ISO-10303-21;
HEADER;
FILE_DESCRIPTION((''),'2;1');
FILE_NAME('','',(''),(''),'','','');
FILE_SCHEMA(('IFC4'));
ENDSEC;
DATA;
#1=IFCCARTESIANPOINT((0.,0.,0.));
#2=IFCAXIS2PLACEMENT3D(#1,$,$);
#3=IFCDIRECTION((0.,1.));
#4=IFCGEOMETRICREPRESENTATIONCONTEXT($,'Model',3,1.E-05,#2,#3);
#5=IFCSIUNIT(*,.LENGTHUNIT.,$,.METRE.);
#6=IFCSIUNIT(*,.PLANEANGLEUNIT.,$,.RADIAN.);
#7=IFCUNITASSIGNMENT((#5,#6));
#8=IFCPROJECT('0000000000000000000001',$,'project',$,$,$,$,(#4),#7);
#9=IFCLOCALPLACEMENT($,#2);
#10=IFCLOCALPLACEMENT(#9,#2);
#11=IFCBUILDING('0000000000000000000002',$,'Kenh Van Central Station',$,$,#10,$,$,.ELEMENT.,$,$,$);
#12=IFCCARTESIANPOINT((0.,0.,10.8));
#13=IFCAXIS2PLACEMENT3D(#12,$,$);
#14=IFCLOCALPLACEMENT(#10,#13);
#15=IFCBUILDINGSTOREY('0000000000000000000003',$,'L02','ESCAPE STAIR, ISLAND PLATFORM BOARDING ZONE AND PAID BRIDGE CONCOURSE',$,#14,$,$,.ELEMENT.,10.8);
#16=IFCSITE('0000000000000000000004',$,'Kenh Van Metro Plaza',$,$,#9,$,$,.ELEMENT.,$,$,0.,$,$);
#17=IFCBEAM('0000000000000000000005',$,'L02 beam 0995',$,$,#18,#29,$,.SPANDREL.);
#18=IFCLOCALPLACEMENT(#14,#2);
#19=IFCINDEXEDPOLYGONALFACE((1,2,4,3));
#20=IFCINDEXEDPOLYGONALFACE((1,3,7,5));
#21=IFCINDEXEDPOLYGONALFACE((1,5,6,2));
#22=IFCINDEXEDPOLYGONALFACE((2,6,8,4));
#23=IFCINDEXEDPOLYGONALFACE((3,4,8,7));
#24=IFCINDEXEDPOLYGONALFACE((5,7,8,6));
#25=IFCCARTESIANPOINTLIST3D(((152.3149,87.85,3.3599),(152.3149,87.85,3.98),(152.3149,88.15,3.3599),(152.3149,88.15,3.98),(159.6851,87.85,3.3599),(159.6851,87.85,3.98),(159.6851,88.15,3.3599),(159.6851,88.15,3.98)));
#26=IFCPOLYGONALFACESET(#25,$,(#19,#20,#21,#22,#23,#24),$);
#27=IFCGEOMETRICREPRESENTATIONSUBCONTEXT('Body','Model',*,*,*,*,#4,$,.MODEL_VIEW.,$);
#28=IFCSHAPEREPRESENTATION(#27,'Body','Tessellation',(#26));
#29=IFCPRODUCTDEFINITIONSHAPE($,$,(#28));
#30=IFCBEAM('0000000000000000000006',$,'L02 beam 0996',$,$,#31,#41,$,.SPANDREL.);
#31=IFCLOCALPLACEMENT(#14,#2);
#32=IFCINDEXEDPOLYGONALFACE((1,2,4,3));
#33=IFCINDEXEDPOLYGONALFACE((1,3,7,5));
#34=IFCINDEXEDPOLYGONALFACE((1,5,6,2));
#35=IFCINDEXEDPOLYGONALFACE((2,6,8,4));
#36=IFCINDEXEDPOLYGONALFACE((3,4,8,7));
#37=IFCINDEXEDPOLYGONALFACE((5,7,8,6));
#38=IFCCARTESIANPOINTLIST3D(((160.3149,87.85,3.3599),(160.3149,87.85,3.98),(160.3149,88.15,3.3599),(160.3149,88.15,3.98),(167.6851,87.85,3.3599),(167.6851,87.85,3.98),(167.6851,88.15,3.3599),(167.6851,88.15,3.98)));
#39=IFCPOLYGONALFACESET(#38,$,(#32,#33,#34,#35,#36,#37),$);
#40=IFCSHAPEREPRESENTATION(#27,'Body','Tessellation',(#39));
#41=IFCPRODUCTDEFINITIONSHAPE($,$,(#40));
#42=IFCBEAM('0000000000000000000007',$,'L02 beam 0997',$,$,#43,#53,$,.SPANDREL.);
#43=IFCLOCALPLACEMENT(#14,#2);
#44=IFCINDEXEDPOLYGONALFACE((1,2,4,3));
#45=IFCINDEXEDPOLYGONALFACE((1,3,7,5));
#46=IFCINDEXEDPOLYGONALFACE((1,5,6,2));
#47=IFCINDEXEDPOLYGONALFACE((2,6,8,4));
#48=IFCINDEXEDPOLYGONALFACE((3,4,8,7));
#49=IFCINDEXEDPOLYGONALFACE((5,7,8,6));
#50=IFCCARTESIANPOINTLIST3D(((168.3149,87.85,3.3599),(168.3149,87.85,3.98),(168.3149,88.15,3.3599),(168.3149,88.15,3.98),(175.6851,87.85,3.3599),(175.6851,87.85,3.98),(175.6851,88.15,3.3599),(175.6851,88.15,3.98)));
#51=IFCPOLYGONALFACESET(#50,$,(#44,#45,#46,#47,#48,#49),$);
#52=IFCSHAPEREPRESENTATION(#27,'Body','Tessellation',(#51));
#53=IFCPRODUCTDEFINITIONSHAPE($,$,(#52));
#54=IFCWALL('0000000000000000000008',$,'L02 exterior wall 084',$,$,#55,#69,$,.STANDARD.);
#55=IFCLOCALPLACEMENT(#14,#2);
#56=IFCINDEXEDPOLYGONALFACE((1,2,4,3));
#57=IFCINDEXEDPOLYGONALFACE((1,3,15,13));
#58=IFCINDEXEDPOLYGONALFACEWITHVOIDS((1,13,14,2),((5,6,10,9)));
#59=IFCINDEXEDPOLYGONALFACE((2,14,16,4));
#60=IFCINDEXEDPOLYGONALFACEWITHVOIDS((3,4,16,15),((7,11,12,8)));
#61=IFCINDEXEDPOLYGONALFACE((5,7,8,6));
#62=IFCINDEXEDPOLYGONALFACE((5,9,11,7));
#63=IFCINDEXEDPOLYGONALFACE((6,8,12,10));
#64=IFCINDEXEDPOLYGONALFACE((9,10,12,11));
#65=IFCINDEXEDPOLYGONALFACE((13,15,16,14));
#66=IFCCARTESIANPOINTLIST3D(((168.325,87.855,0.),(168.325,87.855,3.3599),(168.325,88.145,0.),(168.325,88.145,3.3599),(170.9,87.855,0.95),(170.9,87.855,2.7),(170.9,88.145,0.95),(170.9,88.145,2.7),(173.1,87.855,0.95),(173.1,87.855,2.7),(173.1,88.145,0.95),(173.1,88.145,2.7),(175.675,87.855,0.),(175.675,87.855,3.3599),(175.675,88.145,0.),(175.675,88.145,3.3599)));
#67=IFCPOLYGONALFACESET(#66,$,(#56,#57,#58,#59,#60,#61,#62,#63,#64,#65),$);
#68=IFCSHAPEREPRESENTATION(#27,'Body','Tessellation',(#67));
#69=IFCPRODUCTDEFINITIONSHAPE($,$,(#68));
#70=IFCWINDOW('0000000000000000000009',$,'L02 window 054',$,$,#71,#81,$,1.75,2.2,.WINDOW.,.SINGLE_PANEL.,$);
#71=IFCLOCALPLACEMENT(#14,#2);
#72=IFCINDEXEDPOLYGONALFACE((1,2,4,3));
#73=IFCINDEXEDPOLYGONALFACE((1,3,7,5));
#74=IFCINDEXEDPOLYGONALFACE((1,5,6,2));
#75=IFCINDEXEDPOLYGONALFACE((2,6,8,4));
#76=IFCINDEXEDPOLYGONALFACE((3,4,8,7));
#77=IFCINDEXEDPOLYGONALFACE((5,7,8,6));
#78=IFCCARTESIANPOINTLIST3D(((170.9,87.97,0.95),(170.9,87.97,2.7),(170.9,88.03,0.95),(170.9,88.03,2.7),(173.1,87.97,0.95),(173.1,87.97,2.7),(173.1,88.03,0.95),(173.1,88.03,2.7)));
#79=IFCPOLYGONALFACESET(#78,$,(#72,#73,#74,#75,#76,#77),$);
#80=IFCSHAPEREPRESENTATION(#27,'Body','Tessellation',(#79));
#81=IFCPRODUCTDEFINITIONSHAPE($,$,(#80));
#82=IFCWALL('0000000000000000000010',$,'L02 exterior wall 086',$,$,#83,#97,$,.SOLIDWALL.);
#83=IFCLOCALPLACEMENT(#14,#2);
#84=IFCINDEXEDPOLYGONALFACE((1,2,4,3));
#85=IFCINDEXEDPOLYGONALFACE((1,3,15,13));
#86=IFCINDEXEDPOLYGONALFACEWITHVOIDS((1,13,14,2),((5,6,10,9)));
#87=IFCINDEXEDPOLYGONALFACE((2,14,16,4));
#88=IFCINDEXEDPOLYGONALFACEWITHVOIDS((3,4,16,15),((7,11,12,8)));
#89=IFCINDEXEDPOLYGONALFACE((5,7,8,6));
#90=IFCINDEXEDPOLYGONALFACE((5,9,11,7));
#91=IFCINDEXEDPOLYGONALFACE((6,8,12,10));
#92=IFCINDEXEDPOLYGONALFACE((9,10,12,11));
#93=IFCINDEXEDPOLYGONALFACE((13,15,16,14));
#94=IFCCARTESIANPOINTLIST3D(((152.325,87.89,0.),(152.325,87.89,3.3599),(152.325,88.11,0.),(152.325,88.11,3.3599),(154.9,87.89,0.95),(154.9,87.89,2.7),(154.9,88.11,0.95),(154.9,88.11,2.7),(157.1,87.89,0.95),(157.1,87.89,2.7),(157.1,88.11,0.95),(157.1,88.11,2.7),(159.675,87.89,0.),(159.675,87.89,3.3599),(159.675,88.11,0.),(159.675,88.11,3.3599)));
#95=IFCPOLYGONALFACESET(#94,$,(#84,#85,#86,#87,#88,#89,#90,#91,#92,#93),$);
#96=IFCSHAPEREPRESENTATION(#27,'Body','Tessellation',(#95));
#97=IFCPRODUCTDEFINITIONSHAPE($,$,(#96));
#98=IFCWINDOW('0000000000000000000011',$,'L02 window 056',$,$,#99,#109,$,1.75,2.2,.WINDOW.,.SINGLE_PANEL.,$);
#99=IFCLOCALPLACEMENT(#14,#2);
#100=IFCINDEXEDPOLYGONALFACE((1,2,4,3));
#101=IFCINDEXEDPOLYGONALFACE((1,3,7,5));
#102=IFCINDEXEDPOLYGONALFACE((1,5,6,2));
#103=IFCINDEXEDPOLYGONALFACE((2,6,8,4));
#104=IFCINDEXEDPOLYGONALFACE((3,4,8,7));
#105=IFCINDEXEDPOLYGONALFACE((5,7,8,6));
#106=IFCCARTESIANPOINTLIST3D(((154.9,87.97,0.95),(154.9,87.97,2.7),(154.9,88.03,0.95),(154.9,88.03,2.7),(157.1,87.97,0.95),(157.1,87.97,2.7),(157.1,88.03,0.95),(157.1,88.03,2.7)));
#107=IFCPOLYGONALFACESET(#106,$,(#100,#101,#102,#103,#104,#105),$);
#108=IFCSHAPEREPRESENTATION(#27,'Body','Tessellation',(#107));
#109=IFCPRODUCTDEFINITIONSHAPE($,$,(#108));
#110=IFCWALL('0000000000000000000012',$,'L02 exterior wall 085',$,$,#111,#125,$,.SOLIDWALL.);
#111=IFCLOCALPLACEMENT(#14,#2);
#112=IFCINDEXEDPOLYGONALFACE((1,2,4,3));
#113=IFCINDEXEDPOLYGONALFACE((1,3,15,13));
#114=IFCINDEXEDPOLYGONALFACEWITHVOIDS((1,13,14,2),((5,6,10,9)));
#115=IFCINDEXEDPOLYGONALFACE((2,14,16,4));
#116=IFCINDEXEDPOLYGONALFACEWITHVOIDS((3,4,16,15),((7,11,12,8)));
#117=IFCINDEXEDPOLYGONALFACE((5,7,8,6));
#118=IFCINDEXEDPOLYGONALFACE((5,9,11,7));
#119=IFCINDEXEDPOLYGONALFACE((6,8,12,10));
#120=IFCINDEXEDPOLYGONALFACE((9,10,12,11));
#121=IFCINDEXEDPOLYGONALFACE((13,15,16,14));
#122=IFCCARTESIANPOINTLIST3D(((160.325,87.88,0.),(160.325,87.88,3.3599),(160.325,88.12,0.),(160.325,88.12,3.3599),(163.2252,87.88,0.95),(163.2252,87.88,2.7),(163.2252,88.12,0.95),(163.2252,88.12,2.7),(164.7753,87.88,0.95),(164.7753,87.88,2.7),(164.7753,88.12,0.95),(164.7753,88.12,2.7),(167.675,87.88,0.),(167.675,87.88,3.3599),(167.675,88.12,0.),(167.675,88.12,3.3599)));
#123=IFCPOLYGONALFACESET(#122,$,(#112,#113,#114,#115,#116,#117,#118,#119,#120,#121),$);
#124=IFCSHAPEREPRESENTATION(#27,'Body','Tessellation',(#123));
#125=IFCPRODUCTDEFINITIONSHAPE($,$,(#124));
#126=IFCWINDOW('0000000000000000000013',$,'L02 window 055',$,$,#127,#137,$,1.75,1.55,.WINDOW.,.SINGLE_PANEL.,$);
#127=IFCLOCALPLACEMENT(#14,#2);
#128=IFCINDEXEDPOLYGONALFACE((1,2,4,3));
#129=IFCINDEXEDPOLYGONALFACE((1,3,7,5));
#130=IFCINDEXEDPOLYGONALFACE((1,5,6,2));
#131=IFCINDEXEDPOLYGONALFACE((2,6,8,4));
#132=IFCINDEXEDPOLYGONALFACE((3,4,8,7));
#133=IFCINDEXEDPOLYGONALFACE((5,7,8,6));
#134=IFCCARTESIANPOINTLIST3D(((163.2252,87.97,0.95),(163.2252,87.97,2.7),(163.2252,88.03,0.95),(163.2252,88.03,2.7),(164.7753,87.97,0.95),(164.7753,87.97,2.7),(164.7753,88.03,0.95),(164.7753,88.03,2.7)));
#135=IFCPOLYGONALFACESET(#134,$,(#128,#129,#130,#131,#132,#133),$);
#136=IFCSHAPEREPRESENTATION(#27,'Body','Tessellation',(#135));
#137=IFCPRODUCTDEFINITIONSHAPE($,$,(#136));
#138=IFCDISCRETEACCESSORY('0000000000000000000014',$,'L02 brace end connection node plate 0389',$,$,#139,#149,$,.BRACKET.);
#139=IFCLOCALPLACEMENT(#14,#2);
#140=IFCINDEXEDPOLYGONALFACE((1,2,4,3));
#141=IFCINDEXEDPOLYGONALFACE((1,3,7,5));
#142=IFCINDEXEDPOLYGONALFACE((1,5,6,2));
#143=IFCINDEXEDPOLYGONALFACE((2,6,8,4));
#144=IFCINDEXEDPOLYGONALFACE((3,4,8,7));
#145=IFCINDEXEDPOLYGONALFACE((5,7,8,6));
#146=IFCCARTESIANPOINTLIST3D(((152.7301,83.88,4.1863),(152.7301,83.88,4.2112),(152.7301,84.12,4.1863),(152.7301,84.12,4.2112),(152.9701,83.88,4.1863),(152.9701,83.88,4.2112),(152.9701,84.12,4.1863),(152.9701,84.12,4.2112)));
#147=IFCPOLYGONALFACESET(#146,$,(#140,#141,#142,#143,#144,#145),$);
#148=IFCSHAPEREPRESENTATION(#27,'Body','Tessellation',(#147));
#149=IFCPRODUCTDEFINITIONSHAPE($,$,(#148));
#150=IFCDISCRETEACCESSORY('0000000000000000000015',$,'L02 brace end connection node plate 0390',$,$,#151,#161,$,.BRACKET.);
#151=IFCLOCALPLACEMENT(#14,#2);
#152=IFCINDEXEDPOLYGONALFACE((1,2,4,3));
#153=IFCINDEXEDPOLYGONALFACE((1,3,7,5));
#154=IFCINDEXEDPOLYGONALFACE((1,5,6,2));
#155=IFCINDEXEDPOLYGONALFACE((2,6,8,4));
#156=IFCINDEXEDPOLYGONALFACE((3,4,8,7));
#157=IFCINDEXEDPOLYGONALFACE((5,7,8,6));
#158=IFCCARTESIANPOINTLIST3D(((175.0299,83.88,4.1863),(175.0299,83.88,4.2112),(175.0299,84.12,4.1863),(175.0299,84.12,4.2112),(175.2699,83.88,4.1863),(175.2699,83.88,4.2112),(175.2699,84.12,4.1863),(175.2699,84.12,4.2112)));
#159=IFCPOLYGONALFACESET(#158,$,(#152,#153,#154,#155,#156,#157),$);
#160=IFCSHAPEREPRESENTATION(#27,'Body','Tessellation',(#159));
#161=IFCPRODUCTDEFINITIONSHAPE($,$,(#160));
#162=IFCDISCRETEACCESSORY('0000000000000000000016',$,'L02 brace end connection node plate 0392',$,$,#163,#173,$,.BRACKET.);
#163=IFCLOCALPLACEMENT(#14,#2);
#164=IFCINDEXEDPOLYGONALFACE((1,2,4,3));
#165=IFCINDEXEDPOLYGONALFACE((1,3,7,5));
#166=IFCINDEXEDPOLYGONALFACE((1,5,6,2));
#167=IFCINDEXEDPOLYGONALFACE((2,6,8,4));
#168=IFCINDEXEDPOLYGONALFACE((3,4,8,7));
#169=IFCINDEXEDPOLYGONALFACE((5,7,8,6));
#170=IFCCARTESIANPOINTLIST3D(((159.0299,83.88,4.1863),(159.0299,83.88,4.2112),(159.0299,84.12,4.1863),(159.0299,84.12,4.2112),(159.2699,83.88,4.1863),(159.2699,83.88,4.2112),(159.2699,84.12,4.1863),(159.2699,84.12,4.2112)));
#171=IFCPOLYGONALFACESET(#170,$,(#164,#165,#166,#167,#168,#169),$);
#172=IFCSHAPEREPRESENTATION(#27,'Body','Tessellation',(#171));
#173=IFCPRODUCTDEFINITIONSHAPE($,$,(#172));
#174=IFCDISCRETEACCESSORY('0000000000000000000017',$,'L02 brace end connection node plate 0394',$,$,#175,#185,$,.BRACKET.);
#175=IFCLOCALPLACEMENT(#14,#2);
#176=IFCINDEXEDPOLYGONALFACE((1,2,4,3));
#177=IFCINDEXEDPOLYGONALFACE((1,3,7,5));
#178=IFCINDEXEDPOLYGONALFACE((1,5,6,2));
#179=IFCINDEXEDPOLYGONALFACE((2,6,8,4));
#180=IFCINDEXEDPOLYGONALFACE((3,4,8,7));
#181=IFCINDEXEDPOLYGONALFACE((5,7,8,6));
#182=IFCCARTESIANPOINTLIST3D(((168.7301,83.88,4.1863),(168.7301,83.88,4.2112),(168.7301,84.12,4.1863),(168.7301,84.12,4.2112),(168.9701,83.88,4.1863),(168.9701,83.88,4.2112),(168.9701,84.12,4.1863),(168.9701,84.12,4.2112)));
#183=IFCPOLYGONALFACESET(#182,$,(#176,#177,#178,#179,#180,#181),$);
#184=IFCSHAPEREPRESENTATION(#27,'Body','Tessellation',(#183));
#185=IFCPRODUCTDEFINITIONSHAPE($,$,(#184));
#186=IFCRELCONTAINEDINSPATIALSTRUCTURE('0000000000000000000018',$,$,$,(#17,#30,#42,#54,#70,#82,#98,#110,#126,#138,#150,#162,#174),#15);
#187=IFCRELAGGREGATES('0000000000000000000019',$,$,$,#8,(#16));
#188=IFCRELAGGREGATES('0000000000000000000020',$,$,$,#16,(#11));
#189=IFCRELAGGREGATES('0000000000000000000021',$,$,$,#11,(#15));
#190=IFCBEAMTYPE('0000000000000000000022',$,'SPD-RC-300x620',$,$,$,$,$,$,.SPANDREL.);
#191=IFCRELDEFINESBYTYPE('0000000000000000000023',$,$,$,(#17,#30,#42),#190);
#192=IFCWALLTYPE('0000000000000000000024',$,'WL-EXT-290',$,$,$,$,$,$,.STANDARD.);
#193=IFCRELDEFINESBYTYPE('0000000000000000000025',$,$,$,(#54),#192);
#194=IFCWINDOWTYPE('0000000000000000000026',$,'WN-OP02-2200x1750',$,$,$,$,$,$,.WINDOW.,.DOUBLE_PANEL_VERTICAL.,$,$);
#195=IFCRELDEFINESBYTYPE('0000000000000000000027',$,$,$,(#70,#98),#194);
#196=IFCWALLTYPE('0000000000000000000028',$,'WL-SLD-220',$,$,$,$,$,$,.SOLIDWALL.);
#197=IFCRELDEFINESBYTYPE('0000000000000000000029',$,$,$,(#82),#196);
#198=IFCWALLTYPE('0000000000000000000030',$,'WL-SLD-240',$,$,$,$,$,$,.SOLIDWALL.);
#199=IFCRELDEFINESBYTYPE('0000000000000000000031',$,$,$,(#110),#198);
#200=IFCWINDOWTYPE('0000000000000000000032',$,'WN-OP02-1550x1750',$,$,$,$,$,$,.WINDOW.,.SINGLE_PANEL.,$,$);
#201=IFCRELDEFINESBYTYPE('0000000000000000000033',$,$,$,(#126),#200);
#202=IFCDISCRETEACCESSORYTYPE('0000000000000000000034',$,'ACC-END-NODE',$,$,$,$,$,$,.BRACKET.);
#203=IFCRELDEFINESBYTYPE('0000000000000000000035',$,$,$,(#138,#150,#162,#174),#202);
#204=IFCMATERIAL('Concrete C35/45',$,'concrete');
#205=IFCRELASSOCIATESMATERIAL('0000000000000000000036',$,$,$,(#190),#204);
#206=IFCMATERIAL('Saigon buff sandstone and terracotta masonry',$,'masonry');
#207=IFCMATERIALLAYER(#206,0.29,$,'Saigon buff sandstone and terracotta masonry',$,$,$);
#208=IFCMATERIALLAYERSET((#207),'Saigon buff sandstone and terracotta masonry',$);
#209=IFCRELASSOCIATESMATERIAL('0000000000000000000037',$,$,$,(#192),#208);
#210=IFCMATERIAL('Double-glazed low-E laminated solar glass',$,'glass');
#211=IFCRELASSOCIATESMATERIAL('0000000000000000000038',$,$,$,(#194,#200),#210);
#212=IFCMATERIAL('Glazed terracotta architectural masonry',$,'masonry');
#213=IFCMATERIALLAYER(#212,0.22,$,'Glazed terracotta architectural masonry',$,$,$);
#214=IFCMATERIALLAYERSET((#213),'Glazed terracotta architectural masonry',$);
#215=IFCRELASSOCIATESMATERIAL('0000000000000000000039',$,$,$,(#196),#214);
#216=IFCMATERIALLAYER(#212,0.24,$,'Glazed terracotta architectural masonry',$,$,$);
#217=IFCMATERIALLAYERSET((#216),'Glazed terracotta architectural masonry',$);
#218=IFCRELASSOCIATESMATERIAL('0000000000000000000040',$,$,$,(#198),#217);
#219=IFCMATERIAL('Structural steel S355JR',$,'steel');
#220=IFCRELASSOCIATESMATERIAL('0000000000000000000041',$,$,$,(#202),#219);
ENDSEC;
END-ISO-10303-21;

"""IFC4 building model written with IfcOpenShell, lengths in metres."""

from ifc_helpers import new_model, si_unit, direction, frame, frame_2d, origin, origin_2d, place, context, subcontext, project, spatial, rectangle, extrude, material, layer, layer_set, material_profile, profile_set, type_object, element, fill, save


model = new_model("IFC4")

# Units and contexts
model_context = context("Model", 3, precision=1e-05, world=origin(), true_north=direction((0.0, 1.0)))
body_context = subcontext(model_context, "Body", "Model", "MODEL_VIEW")
ifc_project = project(units=[si_unit("LENGTHUNIT", "METRE"), si_unit("PLANEANGLEUNIT", "RADIAN")], contexts=[model_context])

# Site, building, storey
site_placement = place(None, origin())
site = spatial("IfcSite", under=ifc_project, at=site_placement, Name="Kenh Van Metro Plaza", CompositionType="ELEMENT", RefElevation=0.0)
building_placement = place(site_placement, origin())
building = spatial("IfcBuilding", under=site, at=building_placement, Name="Kenh Van Central Station", CompositionType="ELEMENT")
storey_placement = place(building_placement, frame((0.0, 0.0, 10.8)))
storey = spatial("IfcBuildingStorey", under=building, at=storey_placement, Name="L02", Description="ESCAPE STAIR, ISLAND PLATFORM BOARDING ZONE AND PAID BRIDGE CONCOURSE", CompositionType="ELEMENT", Elevation=10.8)

# Shared definitions
ifc_material_1 = material(Name="Concrete C35/45", Category="concrete")

# Beams
ifc_material_profile_1 = material_profile(ifc_material_1, rectangle(XDim=0.3, YDim=0.6201, at=origin_2d()), Name="RC 300x620")
ifc_profile_set_1 = profile_set([ifc_material_profile_1], Name="Concrete C35/45")
beam_type_1 = type_object("IfcBeamType", Name="SPD-RC-300x620", PredefinedType="SPANDREL", material=ifc_profile_set_1)
for number, where, z_axis, x_axis, name in (
    (1, (152.3149, 88.0, 3.6699), (1.0, 0.0, 0.0), (0.0, 1.0, 0.0), "L02 beam 0995"),
    (2, (160.3149, 88.0, 3.6699), (1.0, 0.0, 0.0), (0.0, 1.0, 0.0), "L02 beam 0996"),
    (3, (168.3149, 88.0, 3.6699), (1.0, 0.0, 0.0), (0.0, 1.0, 0.0), "L02 beam 0997"),
):
    element("IfcBeam", number, at=place(storey_placement, frame(where, z_axis=z_axis, x_axis=x_axis)), inside=storey, type_object=beam_type_1, Name=name, PredefinedType="SPANDREL", context=body_context, shape_type="SweptSolid", body=[
        extrude(rectangle(XDim=0.3, YDim=0.6201, at=origin_2d()), origin(), (0.0, 0.0, 1.0), 7.3701),
    ])

# Walls, openings, windows
ifc_material_2 = material(Name="Saigon buff sandstone and terracotta masonry", Category="masonry")
ifc_layer_1 = layer(ifc_material_2, 0.29, Name="Saigon buff sandstone and terracotta masonry")
ifc_layer_set_1 = layer_set([ifc_layer_1], Name="Saigon buff sandstone and terracotta masonry")
wall_type_1 = type_object("IfcWallType", Name="WL-EXT-290", PredefinedType="STANDARD", material=ifc_layer_set_1)
wall_1_placement = place(storey_placement, frame((175.675, 88.0, 0.0), z_axis=(0.0, 0.0, 1.0), x_axis=(-1.0, 0.0, 0.0)))
wall_1 = element("IfcWall", 4, at=wall_1_placement, inside=storey, type_object=wall_type_1, Name="L02 exterior wall 084", PredefinedType="STANDARD", context=body_context, shape_type="SweptSolid", body=[
    extrude(rectangle(XDim=7.3501, YDim=0.29, at=frame_2d((3.675, 0.0))), origin(), (0.0, 0.0, 1.0), 3.3599),
])
opening_1_placement = place(wall_1_placement, frame((2.575, 0.0, 0.95)))
opening_1 = element("IfcOpeningElement", 5, at=opening_1_placement, cuts=wall_1, PredefinedType="OPENING", context=body_context, shape_type="SweptSolid", body=[
    extrude(rectangle(XDim=2.2, YDim=1.75, at=frame_2d((1.1001, 0.875))), frame((0.0, 0.155, 0.0), z_axis=(0.0, -1.0, 0.0), x_axis=(1.0, 0.0, 0.0)), (0.0, 0.0, 1.0), 0.3101),
])
ifc_material_3 = material(Name="Double-glazed low-E laminated solar glass", Category="glass")
window_type_1 = type_object("IfcWindowType", Name="WN-OP02-2200x1750", PartitioningType="DOUBLE_PANEL_VERTICAL", PredefinedType="WINDOW", material=ifc_material_3)
window_1_placement = place(opening_1_placement, origin())
window_1 = element("IfcWindow", 6, at=window_1_placement, inside=storey, type_object=window_type_1, Name="L02 window 054", OverallHeight=1.75, OverallWidth=2.2, PartitioningType="SINGLE_PANEL", PredefinedType="WINDOW", context=body_context, shape_type="SweptSolid", body=[
    extrude(rectangle(XDim=2.2, YDim=1.75, at=frame_2d((1.1001, 0.875))), frame((0.0, 0.03, 0.0), z_axis=(0.0, -1.0, 0.0), x_axis=(1.0, 0.0, 0.0)), (0.0, 0.0, 1.0), 0.0601),
])
fill(opening_1, window_1)
ifc_material_4 = material(Name="Glazed terracotta architectural masonry", Category="masonry")
ifc_layer_2 = layer(ifc_material_4, 0.22, Name="Glazed terracotta architectural masonry")
ifc_layer_set_2 = layer_set([ifc_layer_2], Name="Glazed terracotta architectural masonry")
wall_type_2 = type_object("IfcWallType", Name="WL-SLD-220", PredefinedType="SOLIDWALL", material=ifc_layer_set_2)
wall_2_placement = place(storey_placement, frame((159.675, 88.0, 0.0), z_axis=(0.0, 0.0, 1.0), x_axis=(-1.0, 0.0, 0.0)))
wall_2 = element("IfcWall", 7, at=wall_2_placement, inside=storey, type_object=wall_type_2, Name="L02 exterior wall 086", PredefinedType="SOLIDWALL", context=body_context, shape_type="SweptSolid", body=[
    extrude(rectangle(XDim=7.3501, YDim=0.22, at=frame_2d((3.675, 0.0))), origin(), (0.0, 0.0, 1.0), 3.3599),
])
opening_2_placement = place(wall_2_placement, frame((2.575, 0.0, 0.95)))
opening_2 = element("IfcOpeningElement", 8, at=opening_2_placement, cuts=wall_2, PredefinedType="OPENING", context=body_context, shape_type="SweptSolid", body=[
    extrude(rectangle(XDim=2.2, YDim=1.75, at=frame_2d((1.1001, 0.875))), frame((0.0, 0.1199, 0.0), z_axis=(0.0, -1.0, 0.0), x_axis=(1.0, 0.0, 0.0)), (0.0, 0.0, 1.0), 0.24),
])
window_2_placement = place(opening_2_placement, origin())
window_2 = element("IfcWindow", 9, at=window_2_placement, inside=storey, type_object=window_type_1, Name="L02 window 056", OverallHeight=1.75, OverallWidth=2.2, PartitioningType="SINGLE_PANEL", PredefinedType="WINDOW", context=body_context, shape_type="SweptSolid", body=[
    extrude(rectangle(XDim=2.2, YDim=1.75, at=frame_2d((1.1001, 0.875))), frame((0.0, 0.03, 0.0), z_axis=(0.0, -1.0, 0.0), x_axis=(1.0, 0.0, 0.0)), (0.0, 0.0, 1.0), 0.0601),
])
fill(opening_2, window_2)
ifc_layer_3 = layer(ifc_material_4, 0.24, Name="Glazed terracotta architectural masonry")
ifc_layer_set_3 = layer_set([ifc_layer_3], Name="Glazed terracotta architectural masonry")
wall_type_3 = type_object("IfcWallType", Name="WL-SLD-240", PredefinedType="SOLIDWALL", material=ifc_layer_set_3)
wall_3_placement = place(storey_placement, frame((167.675, 88.0, 0.0), z_axis=(0.0, 0.0, 1.0), x_axis=(-1.0, 0.0, 0.0)))
wall_3 = element("IfcWall", 10, at=wall_3_placement, inside=storey, type_object=wall_type_3, Name="L02 exterior wall 085", PredefinedType="SOLIDWALL", context=body_context, shape_type="SweptSolid", body=[
    extrude(rectangle(XDim=7.3501, YDim=0.24, at=frame_2d((3.675, 0.0))), origin(), (0.0, 0.0, 1.0), 3.3599),
])
opening_3_placement = place(wall_3_placement, frame((2.8999, 0.0, 0.95)))
opening_3 = element("IfcOpeningElement", 11, at=opening_3_placement, cuts=wall_3, PredefinedType="OPENING", context=body_context, shape_type="SweptSolid", body=[
    extrude(rectangle(XDim=1.55, YDim=1.75, at=frame_2d((0.7749, 0.875))), frame((0.0, 0.1299, 0.0), z_axis=(0.0, -1.0, 0.0), x_axis=(1.0, 0.0, 0.0)), (0.0, 0.0, 1.0), 0.26),
])
window_type_2 = type_object("IfcWindowType", Name="WN-OP02-1550x1750", PartitioningType="SINGLE_PANEL", PredefinedType="WINDOW", material=ifc_material_3)
window_3_placement = place(opening_3_placement, origin())
window_3 = element("IfcWindow", 12, at=window_3_placement, inside=storey, type_object=window_type_2, Name="L02 window 055", OverallHeight=1.75, OverallWidth=1.55, PartitioningType="SINGLE_PANEL", PredefinedType="WINDOW", context=body_context, shape_type="SweptSolid", body=[
    extrude(rectangle(XDim=1.55, YDim=1.75, at=frame_2d((0.7749, 0.875))), frame((0.0, 0.03, 0.0), z_axis=(0.0, -1.0, 0.0), x_axis=(1.0, 0.0, 0.0)), (0.0, 0.0, 1.0), 0.0601),
])
fill(opening_3, window_3)

# Discrete accessories
ifc_material_5 = material(Name="Structural steel S355JR", Category="steel")
discrete_accessory_type = type_object("IfcDiscreteAccessoryType", Name="ACC-END-NODE", PredefinedType="BRACKET", material=ifc_material_5)
for number, where, z_axis, x_axis, name in (
    (13, (152.8501, 84.0, 4.1863), (0.0, 0.0, 1.0), (1.0, 0.0, 0.0), "L02 brace end connection node plate 0389"),
    (14, (175.1499, 84.0, 4.1863), (0.0, 0.0, 1.0), (1.0, 0.0, 0.0), "L02 brace end connection node plate 0390"),
    (15, (159.1499, 84.0, 4.1863), (0.0, 0.0, 1.0), (1.0, 0.0, 0.0), "L02 brace end connection node plate 0392"),
    (16, (168.8501, 84.0, 4.1863), (0.0, 0.0, 1.0), (1.0, 0.0, 0.0), "L02 brace end connection node plate 0394"),
):
    element("IfcDiscreteAccessory", number, at=place(storey_placement, frame(where, z_axis=z_axis, x_axis=x_axis)), inside=storey, type_object=discrete_accessory_type, Name=name, PredefinedType="BRACKET", context=body_context, shape_type="SweptSolid", body=[
        extrude(rectangle(XDim=0.24, YDim=0.24, at=origin_2d()), origin(), (0.0, 0.0, 1.0), 0.0249),
    ])

save(model, "model.ifc")
